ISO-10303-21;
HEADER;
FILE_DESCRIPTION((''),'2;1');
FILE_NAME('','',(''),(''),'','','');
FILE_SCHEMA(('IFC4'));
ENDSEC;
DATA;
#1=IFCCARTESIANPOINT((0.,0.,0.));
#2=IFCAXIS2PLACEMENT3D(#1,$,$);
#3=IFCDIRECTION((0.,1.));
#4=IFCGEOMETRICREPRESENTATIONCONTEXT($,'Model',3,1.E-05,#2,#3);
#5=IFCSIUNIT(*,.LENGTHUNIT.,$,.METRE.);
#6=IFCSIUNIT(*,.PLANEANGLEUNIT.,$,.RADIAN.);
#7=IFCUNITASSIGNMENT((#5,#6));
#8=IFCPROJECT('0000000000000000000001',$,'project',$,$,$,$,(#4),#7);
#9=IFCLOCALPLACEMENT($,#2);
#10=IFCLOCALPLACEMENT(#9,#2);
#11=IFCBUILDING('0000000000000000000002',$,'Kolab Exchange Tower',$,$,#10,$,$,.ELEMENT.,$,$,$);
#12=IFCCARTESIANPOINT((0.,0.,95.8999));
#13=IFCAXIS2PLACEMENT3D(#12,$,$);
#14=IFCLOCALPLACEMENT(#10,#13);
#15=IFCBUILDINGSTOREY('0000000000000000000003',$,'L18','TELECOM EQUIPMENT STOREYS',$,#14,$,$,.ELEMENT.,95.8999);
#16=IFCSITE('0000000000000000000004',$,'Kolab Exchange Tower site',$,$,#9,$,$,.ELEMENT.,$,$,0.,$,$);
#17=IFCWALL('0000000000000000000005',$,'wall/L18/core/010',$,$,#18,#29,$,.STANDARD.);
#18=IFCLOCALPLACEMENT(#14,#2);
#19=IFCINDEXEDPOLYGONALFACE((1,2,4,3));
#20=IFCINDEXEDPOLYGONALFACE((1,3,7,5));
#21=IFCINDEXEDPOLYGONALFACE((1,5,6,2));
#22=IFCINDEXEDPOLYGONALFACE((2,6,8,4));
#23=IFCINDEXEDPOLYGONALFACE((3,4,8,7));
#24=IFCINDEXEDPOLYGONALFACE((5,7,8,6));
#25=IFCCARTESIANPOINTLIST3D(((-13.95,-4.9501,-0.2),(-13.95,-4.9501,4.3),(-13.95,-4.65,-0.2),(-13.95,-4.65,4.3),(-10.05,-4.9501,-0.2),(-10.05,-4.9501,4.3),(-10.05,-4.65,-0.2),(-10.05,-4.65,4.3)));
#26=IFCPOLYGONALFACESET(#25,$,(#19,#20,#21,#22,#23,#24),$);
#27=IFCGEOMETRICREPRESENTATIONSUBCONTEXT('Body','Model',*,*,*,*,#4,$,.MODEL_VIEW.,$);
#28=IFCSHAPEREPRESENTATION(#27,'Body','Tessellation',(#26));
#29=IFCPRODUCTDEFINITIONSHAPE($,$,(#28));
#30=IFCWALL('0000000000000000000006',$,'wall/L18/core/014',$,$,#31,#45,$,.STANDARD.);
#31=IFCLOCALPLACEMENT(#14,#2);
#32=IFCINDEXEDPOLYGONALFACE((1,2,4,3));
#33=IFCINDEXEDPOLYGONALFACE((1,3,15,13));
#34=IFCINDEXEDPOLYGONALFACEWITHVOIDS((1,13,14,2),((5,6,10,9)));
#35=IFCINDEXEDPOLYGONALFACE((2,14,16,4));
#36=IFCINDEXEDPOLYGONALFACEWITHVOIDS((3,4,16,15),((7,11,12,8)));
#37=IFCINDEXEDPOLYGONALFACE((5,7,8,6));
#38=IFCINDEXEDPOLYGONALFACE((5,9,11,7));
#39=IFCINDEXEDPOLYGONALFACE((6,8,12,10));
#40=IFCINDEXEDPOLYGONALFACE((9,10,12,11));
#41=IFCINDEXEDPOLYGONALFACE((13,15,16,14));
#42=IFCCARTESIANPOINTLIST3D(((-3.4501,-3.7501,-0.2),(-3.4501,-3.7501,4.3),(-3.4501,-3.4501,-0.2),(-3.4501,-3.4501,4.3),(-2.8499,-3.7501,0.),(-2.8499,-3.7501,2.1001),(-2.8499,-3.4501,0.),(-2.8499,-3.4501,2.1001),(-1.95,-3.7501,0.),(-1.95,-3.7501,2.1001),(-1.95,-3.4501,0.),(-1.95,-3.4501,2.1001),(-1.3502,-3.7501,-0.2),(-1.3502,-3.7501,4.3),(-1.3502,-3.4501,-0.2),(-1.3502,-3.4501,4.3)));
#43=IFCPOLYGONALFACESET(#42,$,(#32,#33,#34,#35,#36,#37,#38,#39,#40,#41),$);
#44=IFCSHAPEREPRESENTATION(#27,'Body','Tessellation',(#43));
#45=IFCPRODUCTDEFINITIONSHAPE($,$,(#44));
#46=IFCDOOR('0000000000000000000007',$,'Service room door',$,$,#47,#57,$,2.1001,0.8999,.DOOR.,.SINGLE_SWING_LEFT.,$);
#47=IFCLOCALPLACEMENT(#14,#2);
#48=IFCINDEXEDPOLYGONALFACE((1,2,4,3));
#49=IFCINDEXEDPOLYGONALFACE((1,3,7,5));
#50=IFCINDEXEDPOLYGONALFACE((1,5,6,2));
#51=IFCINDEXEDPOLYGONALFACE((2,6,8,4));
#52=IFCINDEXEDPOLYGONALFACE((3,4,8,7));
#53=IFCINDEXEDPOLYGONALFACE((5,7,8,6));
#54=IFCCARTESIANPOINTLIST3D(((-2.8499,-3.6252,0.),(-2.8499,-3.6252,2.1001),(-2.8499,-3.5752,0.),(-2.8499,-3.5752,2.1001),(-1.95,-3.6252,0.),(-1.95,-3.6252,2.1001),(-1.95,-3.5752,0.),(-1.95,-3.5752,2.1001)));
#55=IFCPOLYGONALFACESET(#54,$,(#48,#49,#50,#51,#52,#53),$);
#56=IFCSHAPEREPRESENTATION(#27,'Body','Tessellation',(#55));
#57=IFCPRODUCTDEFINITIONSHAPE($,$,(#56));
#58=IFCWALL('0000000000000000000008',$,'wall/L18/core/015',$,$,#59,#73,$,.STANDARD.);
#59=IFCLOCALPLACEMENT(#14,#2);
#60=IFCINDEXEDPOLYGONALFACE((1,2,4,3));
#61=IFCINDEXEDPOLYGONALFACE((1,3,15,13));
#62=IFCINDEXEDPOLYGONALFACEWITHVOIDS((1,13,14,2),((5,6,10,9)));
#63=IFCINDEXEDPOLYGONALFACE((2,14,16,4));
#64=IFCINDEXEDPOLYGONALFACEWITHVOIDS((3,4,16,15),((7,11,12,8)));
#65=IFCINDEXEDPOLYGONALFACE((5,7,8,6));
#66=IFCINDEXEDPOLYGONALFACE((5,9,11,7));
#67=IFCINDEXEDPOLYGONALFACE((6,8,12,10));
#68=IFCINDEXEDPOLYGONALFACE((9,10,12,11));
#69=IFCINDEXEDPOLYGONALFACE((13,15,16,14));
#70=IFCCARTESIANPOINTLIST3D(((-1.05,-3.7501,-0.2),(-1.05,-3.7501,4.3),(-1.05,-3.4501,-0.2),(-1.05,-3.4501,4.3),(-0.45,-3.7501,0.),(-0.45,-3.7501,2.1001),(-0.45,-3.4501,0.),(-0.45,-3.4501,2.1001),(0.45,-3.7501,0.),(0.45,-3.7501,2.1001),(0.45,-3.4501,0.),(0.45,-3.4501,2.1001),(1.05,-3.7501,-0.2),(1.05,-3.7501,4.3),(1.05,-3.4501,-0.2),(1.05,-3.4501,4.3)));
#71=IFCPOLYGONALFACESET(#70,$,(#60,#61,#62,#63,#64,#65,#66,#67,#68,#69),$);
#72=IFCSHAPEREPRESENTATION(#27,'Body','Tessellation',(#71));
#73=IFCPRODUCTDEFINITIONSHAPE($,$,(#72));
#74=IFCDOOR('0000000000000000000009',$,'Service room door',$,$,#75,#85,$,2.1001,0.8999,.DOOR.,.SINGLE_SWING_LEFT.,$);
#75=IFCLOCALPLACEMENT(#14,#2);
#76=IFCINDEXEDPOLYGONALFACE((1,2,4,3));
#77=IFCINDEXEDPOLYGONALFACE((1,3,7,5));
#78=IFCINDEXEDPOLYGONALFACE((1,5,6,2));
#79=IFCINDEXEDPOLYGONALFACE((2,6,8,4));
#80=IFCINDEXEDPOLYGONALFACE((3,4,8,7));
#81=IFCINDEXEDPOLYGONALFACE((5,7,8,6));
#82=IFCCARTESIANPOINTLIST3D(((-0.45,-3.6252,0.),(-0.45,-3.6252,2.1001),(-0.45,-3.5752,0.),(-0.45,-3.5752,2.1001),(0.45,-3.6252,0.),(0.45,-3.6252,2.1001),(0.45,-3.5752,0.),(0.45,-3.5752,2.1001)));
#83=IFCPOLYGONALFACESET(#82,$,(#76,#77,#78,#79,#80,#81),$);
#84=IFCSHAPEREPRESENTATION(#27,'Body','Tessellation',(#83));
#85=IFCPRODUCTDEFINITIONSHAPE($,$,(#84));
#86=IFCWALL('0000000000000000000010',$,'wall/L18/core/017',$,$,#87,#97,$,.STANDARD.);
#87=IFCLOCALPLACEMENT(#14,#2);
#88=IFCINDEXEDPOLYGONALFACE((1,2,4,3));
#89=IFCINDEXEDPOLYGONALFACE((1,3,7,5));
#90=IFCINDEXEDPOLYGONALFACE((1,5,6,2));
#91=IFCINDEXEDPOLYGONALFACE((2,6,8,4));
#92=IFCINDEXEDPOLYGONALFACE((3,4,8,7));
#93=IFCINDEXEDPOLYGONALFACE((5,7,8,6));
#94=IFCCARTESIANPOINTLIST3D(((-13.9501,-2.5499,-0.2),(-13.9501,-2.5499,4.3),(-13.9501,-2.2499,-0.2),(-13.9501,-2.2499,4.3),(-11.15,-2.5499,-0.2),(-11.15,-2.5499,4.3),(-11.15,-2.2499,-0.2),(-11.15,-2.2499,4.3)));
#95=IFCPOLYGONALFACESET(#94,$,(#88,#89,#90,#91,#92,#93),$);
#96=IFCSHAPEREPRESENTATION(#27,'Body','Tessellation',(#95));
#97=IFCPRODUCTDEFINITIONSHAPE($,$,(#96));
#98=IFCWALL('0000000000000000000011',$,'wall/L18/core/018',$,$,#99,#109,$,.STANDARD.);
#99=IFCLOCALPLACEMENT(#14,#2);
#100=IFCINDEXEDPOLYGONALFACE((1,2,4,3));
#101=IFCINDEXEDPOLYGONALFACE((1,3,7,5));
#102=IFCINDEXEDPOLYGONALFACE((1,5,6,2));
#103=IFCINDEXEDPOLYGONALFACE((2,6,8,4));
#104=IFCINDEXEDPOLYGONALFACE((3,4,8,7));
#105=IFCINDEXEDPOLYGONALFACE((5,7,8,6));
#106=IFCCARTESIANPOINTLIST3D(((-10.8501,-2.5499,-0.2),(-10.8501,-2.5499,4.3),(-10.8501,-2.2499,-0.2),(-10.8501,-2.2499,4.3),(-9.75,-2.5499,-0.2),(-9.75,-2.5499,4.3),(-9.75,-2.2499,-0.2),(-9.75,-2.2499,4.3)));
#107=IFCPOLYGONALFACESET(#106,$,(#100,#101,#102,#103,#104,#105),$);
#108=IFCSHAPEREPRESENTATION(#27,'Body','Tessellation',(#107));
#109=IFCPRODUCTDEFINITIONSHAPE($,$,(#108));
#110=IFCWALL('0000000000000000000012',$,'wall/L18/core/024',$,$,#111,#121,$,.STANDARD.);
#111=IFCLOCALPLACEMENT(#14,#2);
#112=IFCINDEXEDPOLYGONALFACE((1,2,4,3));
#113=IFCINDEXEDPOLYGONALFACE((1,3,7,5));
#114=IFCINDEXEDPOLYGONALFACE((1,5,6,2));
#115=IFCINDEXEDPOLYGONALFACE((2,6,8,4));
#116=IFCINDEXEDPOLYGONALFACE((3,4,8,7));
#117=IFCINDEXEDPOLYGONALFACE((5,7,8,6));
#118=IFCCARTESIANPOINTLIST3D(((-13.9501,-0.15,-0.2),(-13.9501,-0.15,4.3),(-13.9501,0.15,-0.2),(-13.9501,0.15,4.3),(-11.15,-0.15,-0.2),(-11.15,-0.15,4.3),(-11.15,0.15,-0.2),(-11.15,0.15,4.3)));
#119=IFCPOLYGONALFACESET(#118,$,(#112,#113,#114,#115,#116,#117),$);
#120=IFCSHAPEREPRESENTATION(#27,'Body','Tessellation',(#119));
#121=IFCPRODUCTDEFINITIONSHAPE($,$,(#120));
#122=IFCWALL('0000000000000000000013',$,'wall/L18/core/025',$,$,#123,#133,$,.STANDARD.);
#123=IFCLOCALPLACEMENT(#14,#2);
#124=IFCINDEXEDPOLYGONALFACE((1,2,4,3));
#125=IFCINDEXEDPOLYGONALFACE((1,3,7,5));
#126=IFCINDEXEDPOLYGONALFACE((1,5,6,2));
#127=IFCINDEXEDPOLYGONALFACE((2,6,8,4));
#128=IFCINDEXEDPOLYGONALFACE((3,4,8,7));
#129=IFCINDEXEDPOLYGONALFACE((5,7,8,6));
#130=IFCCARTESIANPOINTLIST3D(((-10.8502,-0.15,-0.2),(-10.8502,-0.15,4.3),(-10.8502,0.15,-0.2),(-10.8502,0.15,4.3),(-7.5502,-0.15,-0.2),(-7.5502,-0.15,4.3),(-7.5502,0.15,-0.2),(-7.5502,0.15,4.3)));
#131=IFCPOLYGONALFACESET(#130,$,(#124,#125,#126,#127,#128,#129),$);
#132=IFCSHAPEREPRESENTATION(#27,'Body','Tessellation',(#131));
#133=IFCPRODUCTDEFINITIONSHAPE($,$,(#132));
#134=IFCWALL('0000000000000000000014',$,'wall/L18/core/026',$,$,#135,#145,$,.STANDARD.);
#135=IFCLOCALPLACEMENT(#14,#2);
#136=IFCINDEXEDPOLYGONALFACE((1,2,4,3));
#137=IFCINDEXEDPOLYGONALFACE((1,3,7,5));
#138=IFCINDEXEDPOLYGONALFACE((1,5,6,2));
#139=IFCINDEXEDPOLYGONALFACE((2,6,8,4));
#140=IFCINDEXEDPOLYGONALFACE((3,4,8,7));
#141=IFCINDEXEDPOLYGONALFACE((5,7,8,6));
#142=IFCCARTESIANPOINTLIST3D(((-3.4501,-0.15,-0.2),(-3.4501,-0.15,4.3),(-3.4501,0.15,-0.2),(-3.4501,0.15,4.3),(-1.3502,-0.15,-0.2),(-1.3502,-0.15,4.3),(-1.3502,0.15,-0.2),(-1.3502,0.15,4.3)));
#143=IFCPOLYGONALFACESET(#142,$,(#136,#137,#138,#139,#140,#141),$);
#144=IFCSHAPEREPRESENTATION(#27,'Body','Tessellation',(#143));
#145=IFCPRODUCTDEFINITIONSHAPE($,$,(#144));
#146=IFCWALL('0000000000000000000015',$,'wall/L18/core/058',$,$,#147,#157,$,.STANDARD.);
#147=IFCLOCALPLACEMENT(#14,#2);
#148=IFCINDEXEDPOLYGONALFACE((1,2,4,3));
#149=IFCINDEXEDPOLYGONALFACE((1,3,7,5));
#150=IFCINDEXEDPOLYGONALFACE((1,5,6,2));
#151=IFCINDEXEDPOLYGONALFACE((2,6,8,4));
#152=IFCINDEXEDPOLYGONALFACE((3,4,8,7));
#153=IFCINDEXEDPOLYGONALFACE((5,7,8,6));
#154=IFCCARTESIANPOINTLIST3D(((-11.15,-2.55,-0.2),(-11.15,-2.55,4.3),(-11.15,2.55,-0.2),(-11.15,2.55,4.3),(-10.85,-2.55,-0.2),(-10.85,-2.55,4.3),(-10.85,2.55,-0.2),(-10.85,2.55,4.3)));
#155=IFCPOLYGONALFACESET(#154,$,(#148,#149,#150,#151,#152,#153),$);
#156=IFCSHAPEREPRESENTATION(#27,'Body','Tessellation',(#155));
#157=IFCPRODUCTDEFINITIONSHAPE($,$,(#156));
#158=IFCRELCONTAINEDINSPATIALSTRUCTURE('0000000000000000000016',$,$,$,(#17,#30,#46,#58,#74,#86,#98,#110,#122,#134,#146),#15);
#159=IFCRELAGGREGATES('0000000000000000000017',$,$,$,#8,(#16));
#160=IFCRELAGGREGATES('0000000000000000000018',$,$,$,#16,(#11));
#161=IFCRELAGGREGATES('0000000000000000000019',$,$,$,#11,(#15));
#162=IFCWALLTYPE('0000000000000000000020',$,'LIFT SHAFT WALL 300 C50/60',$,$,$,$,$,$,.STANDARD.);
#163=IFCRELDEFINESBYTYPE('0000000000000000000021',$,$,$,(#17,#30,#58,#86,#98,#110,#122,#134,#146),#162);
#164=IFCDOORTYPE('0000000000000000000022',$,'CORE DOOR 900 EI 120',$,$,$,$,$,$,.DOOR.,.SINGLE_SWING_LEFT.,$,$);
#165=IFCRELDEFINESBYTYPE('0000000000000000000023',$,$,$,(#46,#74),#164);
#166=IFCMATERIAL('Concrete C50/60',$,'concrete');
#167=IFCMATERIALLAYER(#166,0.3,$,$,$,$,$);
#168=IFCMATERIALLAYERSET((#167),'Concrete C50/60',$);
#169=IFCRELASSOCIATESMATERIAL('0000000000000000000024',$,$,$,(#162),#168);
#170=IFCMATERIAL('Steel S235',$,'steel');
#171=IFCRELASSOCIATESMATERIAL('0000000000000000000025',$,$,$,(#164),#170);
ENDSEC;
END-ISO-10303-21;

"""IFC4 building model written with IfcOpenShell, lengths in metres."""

from ifc_helpers import new_model, si_unit, direction, frame, frame_2d, origin, place, context, subcontext, project, spatial, rectangle, extrude, material, layer, layer_set, type_object, element, fill, save


model = new_model("IFC4")

# Units and contexts
model_context = context("Model", 3, precision=1e-05, world=origin(), true_north=direction((0.0, 1.0)))
body_context = subcontext(model_context, "Body", "Model", "MODEL_VIEW")
ifc_project = project(units=[si_unit("LENGTHUNIT", "METRE"), si_unit("PLANEANGLEUNIT", "RADIAN")], contexts=[model_context])

# Site, building, storey
site_placement = place(None, origin())
site = spatial("IfcSite", under=ifc_project, at=site_placement, Name="Kolab Exchange Tower site", CompositionType="ELEMENT", RefElevation=0.0)
building_placement = place(site_placement, origin())
building = spatial("IfcBuilding", under=site, at=building_placement, Name="Kolab Exchange Tower", CompositionType="ELEMENT")
storey_placement = place(building_placement, frame((0.0, 0.0, 95.8999)))
storey = spatial("IfcBuildingStorey", under=building, at=storey_placement, Name="L18", Description="TELECOM EQUIPMENT STOREYS", CompositionType="ELEMENT", Elevation=95.8999)

# Wall
ifc_material_1 = material(Name="Concrete C50/60", Category="concrete")
ifc_layer_1 = layer(ifc_material_1, 0.3)
ifc_layer_set_1 = layer_set([ifc_layer_1], Name="Concrete C50/60")
wall_type_1 = type_object("IfcWallType", Name="LIFT SHAFT WALL 300 C50/60", PredefinedType="STANDARD", material=ifc_layer_set_1)
wall_1_placement = place(storey_placement, frame((-13.95, -4.8, -0.2), z_axis=(0.0, 0.0, 1.0), x_axis=(1.0, 0.0, 0.0)))
element("IfcWall", 1, at=wall_1_placement, inside=storey, type_object=wall_type_1, Name="wall/L18/core/010", PredefinedType="STANDARD", context=body_context, shape_type="SweptSolid", body=[
    extrude(rectangle(XDim=3.8999, YDim=0.3, at=frame_2d((1.95, 0.0))), origin(), (0.0, 0.0, 1.0), 4.5),
])

# Walls, openings, doors
wall_2_placement = place(storey_placement, frame((-3.45, -3.6001, -0.2), z_axis=(0.0, 0.0, 1.0), x_axis=(1.0, 0.0, 0.0)))
wall_2 = element("IfcWall", 2, at=wall_2_placement, inside=storey, type_object=wall_type_1, Name="wall/L18/core/014", PredefinedType="STANDARD", context=body_context, shape_type="SweptSolid", body=[
    extrude(rectangle(XDim=2.0999, YDim=0.3, at=frame_2d((1.0498, 0.0))), origin(), (0.0, 0.0, 1.0), 4.5),
])
opening_1_placement = place(wall_2_placement, frame((0.6001, 0.0, 0.2)))
opening_1 = element("IfcOpeningElement", 3, at=opening_1_placement, cuts=wall_2, PredefinedType="OPENING", context=body_context, shape_type="SweptSolid", body=[
    extrude(rectangle(XDim=0.8999, YDim=2.1001, at=frame_2d((0.45, 1.05))), frame((0.0, 0.1602, 0.0), z_axis=(0.0, -1.0, 0.0), x_axis=(1.0, 0.0, 0.0)), (0.0, 0.0, 1.0), 0.3201),
])
ifc_material_2 = material(Name="Steel S235", Category="steel")
door_type_1 = type_object("IfcDoorType", Name="CORE DOOR 900 EI 120", OperationType="SINGLE_SWING_LEFT", PredefinedType="DOOR", material=ifc_material_2)
door_1_placement = place(opening_1_placement, origin())
door_1 = element("IfcDoor", 4, at=door_1_placement, inside=storey, type_object=door_type_1, Name="Service room door", OperationType="SINGLE_SWING_LEFT", OverallHeight=2.1001, OverallWidth=0.8999, PredefinedType="DOOR", context=body_context, shape_type="SweptSolid", body=[
    extrude(rectangle(XDim=0.8999, YDim=2.1001, at=frame_2d((0.45, 1.05))), frame((0.0, 0.0249, 0.0), z_axis=(0.0, -1.0, 0.0), x_axis=(1.0, 0.0, 0.0)), (0.0, 0.0, 1.0), 0.05),
])
fill(opening_1, door_1)
wall_3_placement = place(storey_placement, frame((-1.05, -3.6001, -0.2), z_axis=(0.0, 0.0, 1.0), x_axis=(1.0, 0.0, 0.0)))
wall_3 = element("IfcWall", 5, at=wall_3_placement, inside=storey, type_object=wall_type_1, Name="wall/L18/core/015", PredefinedType="STANDARD", context=body_context, shape_type="SweptSolid", body=[
    extrude(rectangle(XDim=2.1001, YDim=0.3, at=frame_2d((1.05, 0.0))), origin(), (0.0, 0.0, 1.0), 4.5),
])
opening_2_placement = place(wall_3_placement, frame((0.6001, 0.0, 0.2)))
opening_2 = element("IfcOpeningElement", 6, at=opening_2_placement, cuts=wall_3, PredefinedType="OPENING", context=body_context, shape_type="SweptSolid", body=[
    extrude(rectangle(XDim=0.8999, YDim=2.1001, at=frame_2d((0.45, 1.05))), frame((0.0, 0.1602, 0.0), z_axis=(0.0, -1.0, 0.0), x_axis=(1.0, 0.0, 0.0)), (0.0, 0.0, 1.0), 0.3201),
])
door_2_placement = place(opening_2_placement, origin())
door_2 = element("IfcDoor", 7, at=door_2_placement, inside=storey, type_object=door_type_1, Name="Service room door", OperationType="SINGLE_SWING_LEFT", OverallHeight=2.1001, OverallWidth=0.8999, PredefinedType="DOOR", context=body_context, shape_type="SweptSolid", body=[
    extrude(rectangle(XDim=0.8999, YDim=2.1001, at=frame_2d((0.45, 1.05))), frame((0.0, 0.0249, 0.0), z_axis=(0.0, -1.0, 0.0), x_axis=(1.0, 0.0, 0.0)), (0.0, 0.0, 1.0), 0.05),
])
fill(opening_2, door_2)

# Walls
wall_4_placement = place(storey_placement, frame((-13.95, -2.3999, -0.2), z_axis=(0.0, 0.0, 1.0), x_axis=(1.0, 0.0, 0.0)))
element("IfcWall", 8, at=wall_4_placement, inside=storey, type_object=wall_type_1, Name="wall/L18/core/017", PredefinedType="STANDARD", context=body_context, shape_type="SweptSolid", body=[
    extrude(rectangle(XDim=2.8, YDim=0.3, at=frame_2d((1.3999, 0.0))), origin(), (0.0, 0.0, 1.0), 4.5),
])
wall_5_placement = place(storey_placement, frame((-10.8501, -2.3999, -0.2), z_axis=(0.0, 0.0, 1.0), x_axis=(1.0, 0.0, 0.0)))
element("IfcWall", 9, at=wall_5_placement, inside=storey, type_object=wall_type_1, Name="wall/L18/core/018", PredefinedType="STANDARD", context=body_context, shape_type="SweptSolid", body=[
    extrude(rectangle(XDim=1.1001, YDim=0.3, at=frame_2d((0.55, 0.0))), origin(), (0.0, 0.0, 1.0), 4.5),
])
wall_6_placement = place(storey_placement, frame((-13.95, 0.0, -0.2), z_axis=(0.0, 0.0, 1.0), x_axis=(1.0, 0.0, 0.0)))
element("IfcWall", 10, at=wall_6_placement, inside=storey, type_object=wall_type_1, Name="wall/L18/core/024", PredefinedType="STANDARD", context=body_context, shape_type="SweptSolid", body=[
    extrude(rectangle(XDim=2.8, YDim=0.3, at=frame_2d((1.3999, 0.0))), origin(), (0.0, 0.0, 1.0), 4.5),
])
wall_7_placement = place(storey_placement, frame((-10.8501, 0.0, -0.2), z_axis=(0.0, 0.0, 1.0), x_axis=(1.0, 0.0, 0.0)))
element("IfcWall", 11, at=wall_7_placement, inside=storey, type_object=wall_type_1, Name="wall/L18/core/025", PredefinedType="STANDARD", context=body_context, shape_type="SweptSolid", body=[
    extrude(rectangle(XDim=3.3, YDim=0.3, at=frame_2d((1.6499, 0.0))), origin(), (0.0, 0.0, 1.0), 4.5),
])
wall_8_placement = place(storey_placement, frame((-3.45, 0.0, -0.2), z_axis=(0.0, 0.0, 1.0), x_axis=(1.0, 0.0, 0.0)))
element("IfcWall", 12, at=wall_8_placement, inside=storey, type_object=wall_type_1, Name="wall/L18/core/026", PredefinedType="STANDARD", context=body_context, shape_type="SweptSolid", body=[
    extrude(rectangle(XDim=2.0999, YDim=0.3, at=frame_2d((1.0498, 0.0))), origin(), (0.0, 0.0, 1.0), 4.5),
])
wall_9_placement = place(storey_placement, frame((-11.0, -2.55, -0.2), z_axis=(0.0, 0.0, 1.0), x_axis=(0.0, 1.0, 0.0)))
element("IfcWall", 13, at=wall_9_placement, inside=storey, type_object=wall_type_1, Name="wall/L18/core/058", PredefinedType="STANDARD", context=body_context, shape_type="SweptSolid", body=[
    extrude(rectangle(XDim=5.1001, YDim=0.3, at=frame_2d((2.55, 0.0))), origin(), (0.0, 0.0, 1.0), 4.5),
])

save(model, "model.ifc")
